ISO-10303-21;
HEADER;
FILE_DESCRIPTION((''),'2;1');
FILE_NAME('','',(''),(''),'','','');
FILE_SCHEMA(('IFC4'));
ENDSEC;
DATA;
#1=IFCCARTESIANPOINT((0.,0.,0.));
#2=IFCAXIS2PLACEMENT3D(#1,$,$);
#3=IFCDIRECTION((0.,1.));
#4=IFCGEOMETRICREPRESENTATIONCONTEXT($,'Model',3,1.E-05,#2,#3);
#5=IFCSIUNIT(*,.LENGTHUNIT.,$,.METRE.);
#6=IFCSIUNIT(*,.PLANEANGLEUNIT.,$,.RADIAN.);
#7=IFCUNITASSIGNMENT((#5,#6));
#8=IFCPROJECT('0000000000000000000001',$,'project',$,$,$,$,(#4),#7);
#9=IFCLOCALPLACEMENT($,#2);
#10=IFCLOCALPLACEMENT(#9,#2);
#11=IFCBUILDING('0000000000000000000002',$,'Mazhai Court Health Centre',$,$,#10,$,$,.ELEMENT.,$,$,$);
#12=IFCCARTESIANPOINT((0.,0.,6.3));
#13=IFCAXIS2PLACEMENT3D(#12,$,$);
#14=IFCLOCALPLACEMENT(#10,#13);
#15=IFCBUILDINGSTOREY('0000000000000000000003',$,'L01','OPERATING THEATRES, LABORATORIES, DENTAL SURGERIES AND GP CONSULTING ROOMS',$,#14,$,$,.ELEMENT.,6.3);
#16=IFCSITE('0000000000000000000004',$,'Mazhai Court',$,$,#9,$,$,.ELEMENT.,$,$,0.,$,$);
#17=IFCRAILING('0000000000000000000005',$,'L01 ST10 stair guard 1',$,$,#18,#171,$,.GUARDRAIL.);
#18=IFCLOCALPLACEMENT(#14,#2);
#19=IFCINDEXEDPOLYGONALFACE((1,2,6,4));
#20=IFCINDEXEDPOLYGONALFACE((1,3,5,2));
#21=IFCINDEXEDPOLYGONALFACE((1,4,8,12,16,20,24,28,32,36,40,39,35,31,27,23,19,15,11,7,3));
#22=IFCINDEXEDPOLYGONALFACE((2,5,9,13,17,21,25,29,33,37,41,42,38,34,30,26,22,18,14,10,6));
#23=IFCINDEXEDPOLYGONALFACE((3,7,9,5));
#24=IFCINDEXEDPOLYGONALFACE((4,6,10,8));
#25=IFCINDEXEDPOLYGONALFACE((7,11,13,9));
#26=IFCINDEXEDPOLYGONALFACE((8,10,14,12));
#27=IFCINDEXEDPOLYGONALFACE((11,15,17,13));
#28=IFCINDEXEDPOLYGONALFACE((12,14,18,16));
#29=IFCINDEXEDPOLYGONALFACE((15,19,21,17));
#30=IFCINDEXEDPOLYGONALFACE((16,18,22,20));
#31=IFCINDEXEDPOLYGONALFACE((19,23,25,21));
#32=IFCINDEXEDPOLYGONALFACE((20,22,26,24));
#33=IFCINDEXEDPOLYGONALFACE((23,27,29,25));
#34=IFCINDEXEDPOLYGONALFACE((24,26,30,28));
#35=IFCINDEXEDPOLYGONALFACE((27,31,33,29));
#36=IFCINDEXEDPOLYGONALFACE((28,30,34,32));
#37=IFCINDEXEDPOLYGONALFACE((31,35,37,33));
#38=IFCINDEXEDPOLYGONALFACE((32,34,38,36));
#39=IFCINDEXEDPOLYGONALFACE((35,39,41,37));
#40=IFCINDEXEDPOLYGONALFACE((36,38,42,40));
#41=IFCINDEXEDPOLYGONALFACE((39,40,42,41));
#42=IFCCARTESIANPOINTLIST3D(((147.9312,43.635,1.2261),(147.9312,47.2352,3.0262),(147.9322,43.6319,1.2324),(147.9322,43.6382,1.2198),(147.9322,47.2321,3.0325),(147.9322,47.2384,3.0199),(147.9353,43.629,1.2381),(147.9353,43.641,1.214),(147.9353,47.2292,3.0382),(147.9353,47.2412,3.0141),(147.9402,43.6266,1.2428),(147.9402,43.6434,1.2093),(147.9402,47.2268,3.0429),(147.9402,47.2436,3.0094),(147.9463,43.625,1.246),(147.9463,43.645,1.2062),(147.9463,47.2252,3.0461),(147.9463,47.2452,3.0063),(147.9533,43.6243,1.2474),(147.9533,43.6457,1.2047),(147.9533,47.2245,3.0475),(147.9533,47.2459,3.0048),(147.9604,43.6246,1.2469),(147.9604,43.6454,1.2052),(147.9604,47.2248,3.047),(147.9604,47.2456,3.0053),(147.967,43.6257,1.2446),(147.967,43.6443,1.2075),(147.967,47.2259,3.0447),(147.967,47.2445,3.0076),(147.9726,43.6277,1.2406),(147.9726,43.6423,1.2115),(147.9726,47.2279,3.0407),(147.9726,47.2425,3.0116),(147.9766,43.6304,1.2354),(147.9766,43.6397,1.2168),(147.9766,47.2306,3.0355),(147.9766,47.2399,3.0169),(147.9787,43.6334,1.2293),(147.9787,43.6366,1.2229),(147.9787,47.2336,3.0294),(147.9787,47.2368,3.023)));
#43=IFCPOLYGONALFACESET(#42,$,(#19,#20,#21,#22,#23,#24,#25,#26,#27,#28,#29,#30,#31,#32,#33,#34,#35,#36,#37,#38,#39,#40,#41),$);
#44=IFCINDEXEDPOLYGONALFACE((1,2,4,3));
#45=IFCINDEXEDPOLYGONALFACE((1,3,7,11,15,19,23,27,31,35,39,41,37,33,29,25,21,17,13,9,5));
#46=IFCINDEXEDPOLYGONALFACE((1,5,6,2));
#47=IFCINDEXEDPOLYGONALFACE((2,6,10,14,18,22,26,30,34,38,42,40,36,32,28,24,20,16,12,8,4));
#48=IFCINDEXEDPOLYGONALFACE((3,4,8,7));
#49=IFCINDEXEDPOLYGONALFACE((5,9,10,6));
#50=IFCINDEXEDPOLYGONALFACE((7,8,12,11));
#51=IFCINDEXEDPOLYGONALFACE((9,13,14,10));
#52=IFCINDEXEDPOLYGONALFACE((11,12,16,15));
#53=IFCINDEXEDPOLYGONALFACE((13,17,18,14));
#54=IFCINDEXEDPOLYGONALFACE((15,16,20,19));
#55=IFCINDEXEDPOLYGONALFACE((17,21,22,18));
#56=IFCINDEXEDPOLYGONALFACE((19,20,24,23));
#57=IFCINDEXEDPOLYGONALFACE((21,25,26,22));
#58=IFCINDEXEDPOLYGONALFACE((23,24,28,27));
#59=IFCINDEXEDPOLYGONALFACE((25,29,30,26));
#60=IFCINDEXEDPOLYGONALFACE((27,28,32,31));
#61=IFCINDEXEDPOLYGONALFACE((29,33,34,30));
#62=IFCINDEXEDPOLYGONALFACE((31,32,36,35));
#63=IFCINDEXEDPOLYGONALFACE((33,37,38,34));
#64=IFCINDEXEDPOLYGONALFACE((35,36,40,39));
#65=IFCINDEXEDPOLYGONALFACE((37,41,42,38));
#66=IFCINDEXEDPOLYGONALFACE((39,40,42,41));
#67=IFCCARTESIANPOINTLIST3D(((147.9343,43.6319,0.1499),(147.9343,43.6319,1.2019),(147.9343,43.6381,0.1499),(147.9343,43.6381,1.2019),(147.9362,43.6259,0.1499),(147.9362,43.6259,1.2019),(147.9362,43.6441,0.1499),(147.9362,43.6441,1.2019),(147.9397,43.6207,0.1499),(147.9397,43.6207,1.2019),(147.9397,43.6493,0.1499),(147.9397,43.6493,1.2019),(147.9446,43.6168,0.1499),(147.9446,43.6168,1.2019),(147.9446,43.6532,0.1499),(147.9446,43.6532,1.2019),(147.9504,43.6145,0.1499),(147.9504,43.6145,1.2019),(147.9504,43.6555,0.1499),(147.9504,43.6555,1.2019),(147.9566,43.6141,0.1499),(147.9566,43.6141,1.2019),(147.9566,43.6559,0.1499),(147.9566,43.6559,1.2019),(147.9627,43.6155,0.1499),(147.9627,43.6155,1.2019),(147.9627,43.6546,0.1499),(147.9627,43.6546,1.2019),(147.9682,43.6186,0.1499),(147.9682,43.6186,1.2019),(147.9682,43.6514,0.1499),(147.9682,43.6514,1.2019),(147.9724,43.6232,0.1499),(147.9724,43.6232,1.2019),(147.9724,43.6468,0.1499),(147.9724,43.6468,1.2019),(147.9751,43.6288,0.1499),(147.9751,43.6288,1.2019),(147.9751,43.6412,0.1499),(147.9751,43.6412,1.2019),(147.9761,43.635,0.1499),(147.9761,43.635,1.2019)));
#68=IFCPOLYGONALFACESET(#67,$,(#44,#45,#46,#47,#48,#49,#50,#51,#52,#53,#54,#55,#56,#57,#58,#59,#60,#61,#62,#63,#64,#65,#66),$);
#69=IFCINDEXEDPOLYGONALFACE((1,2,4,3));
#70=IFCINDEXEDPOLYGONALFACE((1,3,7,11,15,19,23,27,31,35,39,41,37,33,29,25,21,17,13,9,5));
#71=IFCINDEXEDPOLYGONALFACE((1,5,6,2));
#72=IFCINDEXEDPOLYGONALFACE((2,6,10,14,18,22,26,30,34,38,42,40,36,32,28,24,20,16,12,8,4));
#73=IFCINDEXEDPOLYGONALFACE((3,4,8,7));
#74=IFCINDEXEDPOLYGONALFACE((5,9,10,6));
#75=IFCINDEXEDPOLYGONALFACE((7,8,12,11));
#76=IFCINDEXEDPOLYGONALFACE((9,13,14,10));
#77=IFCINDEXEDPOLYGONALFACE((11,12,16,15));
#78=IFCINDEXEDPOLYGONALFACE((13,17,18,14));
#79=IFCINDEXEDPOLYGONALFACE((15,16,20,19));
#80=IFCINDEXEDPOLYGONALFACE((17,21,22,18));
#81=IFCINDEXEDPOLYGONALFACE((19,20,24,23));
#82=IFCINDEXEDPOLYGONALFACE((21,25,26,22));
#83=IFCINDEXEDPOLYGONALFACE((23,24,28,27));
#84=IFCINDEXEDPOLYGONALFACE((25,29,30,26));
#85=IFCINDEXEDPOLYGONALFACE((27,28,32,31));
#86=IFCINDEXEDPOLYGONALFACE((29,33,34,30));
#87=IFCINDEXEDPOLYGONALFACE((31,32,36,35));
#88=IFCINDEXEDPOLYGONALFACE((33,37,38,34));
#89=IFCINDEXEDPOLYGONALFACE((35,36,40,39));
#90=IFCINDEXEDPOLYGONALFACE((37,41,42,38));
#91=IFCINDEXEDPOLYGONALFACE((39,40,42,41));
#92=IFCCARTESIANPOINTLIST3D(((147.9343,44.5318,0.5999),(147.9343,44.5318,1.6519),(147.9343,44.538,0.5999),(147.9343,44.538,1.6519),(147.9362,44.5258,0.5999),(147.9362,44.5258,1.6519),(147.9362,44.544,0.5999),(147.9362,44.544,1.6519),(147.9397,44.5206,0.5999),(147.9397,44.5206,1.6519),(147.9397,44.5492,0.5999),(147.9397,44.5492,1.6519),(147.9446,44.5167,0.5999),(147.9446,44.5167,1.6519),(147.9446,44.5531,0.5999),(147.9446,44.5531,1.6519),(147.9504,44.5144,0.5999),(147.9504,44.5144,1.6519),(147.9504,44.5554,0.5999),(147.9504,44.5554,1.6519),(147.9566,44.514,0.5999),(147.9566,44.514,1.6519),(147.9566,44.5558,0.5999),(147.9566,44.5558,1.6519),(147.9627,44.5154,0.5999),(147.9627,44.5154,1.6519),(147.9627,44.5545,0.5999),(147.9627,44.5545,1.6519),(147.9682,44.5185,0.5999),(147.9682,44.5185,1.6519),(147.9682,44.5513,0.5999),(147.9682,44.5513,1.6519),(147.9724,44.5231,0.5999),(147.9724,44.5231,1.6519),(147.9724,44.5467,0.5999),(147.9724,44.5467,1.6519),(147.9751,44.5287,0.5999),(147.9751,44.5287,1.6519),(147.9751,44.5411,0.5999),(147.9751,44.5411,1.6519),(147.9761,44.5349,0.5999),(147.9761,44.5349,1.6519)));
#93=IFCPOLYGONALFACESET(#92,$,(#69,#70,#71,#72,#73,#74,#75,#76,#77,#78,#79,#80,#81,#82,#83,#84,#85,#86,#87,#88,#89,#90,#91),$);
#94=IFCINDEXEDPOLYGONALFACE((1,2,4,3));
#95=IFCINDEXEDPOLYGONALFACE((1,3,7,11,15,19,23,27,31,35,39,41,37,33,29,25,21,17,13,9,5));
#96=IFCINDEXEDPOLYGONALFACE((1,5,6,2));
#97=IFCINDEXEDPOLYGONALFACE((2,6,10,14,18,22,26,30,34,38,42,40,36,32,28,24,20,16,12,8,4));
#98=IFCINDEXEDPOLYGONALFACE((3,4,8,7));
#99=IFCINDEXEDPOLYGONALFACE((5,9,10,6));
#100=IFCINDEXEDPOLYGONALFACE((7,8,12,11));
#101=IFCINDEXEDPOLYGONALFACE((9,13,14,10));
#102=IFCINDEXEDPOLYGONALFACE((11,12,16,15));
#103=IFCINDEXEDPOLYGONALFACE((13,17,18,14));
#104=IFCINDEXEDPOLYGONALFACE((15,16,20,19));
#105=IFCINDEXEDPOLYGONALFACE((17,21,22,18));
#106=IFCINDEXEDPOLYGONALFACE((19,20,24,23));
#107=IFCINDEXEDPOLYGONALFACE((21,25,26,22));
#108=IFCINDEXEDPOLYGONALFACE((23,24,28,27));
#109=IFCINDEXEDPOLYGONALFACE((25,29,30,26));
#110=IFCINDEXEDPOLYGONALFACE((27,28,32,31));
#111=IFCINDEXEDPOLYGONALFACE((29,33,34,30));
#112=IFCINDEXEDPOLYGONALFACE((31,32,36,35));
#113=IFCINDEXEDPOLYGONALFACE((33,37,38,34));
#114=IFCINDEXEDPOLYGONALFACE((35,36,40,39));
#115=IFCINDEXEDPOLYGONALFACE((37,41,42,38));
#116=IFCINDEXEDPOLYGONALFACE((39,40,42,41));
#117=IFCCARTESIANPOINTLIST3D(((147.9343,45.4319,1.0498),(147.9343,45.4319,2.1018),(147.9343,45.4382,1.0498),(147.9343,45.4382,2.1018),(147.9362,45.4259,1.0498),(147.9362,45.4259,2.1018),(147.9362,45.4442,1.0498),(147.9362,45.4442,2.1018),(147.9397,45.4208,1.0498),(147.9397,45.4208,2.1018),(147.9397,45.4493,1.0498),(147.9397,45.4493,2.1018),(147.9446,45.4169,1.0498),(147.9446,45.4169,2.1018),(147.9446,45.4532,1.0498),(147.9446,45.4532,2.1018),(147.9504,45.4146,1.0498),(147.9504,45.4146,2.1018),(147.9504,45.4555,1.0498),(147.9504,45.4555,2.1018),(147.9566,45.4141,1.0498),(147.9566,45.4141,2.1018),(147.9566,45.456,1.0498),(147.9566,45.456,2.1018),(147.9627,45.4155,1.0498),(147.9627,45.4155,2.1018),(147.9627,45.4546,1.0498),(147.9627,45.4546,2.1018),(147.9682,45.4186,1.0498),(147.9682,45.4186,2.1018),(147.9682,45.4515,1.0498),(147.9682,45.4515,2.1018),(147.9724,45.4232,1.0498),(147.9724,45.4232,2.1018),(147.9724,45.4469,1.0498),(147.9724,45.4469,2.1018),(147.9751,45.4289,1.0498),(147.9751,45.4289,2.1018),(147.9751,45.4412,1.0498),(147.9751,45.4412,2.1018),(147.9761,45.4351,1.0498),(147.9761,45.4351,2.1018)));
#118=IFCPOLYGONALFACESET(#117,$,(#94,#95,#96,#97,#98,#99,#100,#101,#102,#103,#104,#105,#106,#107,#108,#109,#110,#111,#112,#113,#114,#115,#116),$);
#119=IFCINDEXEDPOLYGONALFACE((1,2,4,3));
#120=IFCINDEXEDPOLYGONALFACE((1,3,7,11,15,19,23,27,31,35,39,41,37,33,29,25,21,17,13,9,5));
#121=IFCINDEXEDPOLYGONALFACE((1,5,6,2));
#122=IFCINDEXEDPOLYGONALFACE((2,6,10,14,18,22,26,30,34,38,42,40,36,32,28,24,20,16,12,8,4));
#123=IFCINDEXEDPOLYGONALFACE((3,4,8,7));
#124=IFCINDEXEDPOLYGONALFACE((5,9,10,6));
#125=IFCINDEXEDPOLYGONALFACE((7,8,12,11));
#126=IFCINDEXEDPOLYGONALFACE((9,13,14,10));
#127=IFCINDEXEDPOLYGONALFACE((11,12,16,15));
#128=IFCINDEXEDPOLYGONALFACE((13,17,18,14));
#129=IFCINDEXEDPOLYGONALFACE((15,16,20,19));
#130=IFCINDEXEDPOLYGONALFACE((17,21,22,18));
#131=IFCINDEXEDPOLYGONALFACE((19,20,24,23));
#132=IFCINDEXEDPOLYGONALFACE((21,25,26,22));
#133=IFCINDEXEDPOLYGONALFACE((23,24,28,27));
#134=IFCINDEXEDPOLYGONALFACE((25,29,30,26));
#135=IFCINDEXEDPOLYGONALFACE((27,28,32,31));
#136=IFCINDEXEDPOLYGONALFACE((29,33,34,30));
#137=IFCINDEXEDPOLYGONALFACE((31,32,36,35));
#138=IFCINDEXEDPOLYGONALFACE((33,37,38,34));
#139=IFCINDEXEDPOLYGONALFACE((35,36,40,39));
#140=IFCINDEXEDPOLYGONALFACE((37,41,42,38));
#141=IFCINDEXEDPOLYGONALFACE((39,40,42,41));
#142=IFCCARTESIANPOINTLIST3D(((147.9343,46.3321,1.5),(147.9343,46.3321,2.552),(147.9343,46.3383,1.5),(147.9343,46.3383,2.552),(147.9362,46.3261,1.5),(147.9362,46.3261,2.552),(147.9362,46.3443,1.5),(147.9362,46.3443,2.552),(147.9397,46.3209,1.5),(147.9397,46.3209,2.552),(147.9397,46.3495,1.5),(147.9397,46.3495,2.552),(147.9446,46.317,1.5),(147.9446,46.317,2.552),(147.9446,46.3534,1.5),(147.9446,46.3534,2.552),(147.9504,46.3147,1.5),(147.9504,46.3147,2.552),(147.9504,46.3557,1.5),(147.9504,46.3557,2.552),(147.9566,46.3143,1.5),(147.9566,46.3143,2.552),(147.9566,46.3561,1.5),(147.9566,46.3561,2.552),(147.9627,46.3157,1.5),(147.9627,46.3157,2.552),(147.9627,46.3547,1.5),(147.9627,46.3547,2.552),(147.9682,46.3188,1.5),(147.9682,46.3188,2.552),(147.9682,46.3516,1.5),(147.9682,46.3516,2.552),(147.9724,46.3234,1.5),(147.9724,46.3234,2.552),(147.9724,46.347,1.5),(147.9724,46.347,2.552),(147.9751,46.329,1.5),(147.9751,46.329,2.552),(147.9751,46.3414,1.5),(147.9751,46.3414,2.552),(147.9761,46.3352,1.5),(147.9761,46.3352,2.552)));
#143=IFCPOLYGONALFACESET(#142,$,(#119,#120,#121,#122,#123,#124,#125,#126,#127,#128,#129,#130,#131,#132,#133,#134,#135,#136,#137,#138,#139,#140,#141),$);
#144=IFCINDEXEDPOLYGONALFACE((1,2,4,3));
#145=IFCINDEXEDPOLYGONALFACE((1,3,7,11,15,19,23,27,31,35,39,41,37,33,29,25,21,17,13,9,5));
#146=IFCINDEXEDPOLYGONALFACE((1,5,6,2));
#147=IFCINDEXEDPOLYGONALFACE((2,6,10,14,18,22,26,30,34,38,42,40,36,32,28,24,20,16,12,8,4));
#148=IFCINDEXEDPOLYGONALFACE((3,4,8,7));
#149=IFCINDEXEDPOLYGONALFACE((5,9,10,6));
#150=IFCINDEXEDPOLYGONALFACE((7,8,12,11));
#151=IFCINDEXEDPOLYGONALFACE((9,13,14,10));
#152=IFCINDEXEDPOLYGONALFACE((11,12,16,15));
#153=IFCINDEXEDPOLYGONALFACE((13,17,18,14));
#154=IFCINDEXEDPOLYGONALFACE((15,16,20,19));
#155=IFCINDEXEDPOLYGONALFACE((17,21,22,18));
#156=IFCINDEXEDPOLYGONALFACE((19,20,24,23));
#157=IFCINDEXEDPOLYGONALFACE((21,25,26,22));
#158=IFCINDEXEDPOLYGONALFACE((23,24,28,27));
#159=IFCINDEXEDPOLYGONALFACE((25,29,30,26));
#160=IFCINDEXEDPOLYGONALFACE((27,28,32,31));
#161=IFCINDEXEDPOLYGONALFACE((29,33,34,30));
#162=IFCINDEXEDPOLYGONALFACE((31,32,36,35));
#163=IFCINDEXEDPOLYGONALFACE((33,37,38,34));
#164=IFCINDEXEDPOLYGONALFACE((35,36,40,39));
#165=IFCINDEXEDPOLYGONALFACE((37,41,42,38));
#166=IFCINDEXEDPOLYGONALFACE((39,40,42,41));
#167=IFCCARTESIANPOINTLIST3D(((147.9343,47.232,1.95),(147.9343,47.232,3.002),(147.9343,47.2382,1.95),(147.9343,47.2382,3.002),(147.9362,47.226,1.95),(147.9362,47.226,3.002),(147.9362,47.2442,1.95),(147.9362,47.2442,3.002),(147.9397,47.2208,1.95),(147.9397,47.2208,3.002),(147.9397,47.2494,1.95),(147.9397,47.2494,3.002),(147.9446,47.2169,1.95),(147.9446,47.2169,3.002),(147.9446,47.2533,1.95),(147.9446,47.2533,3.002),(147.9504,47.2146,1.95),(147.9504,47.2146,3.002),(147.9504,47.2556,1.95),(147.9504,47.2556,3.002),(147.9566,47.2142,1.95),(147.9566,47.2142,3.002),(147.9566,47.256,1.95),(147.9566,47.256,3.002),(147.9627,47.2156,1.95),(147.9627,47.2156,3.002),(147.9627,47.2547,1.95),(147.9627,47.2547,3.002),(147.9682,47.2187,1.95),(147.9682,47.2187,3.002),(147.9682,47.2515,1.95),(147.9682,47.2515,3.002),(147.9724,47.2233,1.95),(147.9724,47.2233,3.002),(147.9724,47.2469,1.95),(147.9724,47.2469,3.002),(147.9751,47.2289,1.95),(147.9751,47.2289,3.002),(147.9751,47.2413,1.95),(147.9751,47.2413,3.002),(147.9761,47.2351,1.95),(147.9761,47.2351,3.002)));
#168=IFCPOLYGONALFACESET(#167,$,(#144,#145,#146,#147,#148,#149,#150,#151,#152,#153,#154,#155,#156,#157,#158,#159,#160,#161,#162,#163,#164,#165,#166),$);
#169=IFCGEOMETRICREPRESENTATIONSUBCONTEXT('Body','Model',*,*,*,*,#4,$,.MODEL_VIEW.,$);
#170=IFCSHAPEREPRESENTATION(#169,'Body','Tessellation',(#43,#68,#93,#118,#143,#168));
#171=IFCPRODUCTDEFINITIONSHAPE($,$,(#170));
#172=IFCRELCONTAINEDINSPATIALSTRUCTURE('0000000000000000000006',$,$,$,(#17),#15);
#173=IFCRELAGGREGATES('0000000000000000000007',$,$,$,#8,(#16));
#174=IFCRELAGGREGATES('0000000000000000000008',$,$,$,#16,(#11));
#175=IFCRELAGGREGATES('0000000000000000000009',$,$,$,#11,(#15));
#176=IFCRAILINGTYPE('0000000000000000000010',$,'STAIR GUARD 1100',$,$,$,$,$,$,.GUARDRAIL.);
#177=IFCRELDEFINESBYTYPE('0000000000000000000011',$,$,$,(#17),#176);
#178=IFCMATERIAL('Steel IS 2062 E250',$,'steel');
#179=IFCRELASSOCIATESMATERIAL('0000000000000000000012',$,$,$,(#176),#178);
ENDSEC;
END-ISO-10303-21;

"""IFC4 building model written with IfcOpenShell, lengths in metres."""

from ifc_helpers import new_model, si_unit, direction, frame, origin, origin_2d, place, context, subcontext, project, spatial, circle, extrude, material, type_object, element, save


model = new_model("IFC4")

# Units and contexts
model_context = context("Model", 3, precision=1e-05, world=origin(), true_north=direction((0.0, 1.0)))
body_context = subcontext(model_context, "Body", "Model", "MODEL_VIEW")
ifc_project = project(units=[si_unit("LENGTHUNIT", "METRE"), si_unit("PLANEANGLEUNIT", "RADIAN")], contexts=[model_context])

# Site, building, storey
site_placement = place(None, origin())
site = spatial("IfcSite", under=ifc_project, at=site_placement, Name="Mazhai Court", CompositionType="ELEMENT", RefElevation=0.0)
building_placement = place(site_placement, origin())
building = spatial("IfcBuilding", under=site, at=building_placement, Name="Mazhai Court Health Centre", CompositionType="ELEMENT")
storey_placement = place(building_placement, frame((0.0, 0.0, 6.3)))
storey = spatial("IfcBuildingStorey", under=building, at=storey_placement, Name="L01", Description="OPERATING THEATRES, LABORATORIES, DENTAL SURGERIES AND GP CONSULTING ROOMS", CompositionType="ELEMENT", Elevation=6.3)

# Railing
ifc_material_1 = material(Name="Steel IS 2062 E250", Category="steel")
railing_type_1 = type_object("IfcRailingType", Name="STAIR GUARD 1100", PredefinedType="GUARDRAIL", material=ifc_material_1)
railing_1_placement = place(storey_placement, frame((147.9551, 43.635, 0.1499)))
element("IfcRailing", 1, at=railing_1_placement, inside=storey, type_object=railing_type_1, Name="L01 ST10 stair guard 1", PredefinedType="GUARDRAIL", context=body_context, shape_type="SweptSolid", body=[
    extrude(circle(Radius=0.0239, at=origin_2d()), frame((0.0, 0.0, 1.0762), z_axis=(0.0, 0.894427, 0.447214), x_axis=(-1.0, 0.0, 0.0)), (0.0, 0.0, 1.0), 4.0251),
    extrude(circle(Radius=0.021, at=origin_2d()), origin(), (0.0, 0.0, 1.0), 1.052),
    extrude(circle(Radius=0.021, at=origin_2d()), frame((0.0, 0.8999, 0.45)), (0.0, 0.0, 1.0), 1.052),
    extrude(circle(Radius=0.021, at=origin_2d()), frame((0.0, 1.8, 0.8999)), (0.0, 0.0, 1.0), 1.052),
    extrude(circle(Radius=0.021, at=origin_2d()), frame((0.0, 2.7002, 1.3501)), (0.0, 0.0, 1.0), 1.052),
    extrude(circle(Radius=0.021, at=origin_2d()), frame((0.0, 3.6001, 1.8)), (0.0, 0.0, 1.0), 1.052),
])

save(model, "model.ifc")
